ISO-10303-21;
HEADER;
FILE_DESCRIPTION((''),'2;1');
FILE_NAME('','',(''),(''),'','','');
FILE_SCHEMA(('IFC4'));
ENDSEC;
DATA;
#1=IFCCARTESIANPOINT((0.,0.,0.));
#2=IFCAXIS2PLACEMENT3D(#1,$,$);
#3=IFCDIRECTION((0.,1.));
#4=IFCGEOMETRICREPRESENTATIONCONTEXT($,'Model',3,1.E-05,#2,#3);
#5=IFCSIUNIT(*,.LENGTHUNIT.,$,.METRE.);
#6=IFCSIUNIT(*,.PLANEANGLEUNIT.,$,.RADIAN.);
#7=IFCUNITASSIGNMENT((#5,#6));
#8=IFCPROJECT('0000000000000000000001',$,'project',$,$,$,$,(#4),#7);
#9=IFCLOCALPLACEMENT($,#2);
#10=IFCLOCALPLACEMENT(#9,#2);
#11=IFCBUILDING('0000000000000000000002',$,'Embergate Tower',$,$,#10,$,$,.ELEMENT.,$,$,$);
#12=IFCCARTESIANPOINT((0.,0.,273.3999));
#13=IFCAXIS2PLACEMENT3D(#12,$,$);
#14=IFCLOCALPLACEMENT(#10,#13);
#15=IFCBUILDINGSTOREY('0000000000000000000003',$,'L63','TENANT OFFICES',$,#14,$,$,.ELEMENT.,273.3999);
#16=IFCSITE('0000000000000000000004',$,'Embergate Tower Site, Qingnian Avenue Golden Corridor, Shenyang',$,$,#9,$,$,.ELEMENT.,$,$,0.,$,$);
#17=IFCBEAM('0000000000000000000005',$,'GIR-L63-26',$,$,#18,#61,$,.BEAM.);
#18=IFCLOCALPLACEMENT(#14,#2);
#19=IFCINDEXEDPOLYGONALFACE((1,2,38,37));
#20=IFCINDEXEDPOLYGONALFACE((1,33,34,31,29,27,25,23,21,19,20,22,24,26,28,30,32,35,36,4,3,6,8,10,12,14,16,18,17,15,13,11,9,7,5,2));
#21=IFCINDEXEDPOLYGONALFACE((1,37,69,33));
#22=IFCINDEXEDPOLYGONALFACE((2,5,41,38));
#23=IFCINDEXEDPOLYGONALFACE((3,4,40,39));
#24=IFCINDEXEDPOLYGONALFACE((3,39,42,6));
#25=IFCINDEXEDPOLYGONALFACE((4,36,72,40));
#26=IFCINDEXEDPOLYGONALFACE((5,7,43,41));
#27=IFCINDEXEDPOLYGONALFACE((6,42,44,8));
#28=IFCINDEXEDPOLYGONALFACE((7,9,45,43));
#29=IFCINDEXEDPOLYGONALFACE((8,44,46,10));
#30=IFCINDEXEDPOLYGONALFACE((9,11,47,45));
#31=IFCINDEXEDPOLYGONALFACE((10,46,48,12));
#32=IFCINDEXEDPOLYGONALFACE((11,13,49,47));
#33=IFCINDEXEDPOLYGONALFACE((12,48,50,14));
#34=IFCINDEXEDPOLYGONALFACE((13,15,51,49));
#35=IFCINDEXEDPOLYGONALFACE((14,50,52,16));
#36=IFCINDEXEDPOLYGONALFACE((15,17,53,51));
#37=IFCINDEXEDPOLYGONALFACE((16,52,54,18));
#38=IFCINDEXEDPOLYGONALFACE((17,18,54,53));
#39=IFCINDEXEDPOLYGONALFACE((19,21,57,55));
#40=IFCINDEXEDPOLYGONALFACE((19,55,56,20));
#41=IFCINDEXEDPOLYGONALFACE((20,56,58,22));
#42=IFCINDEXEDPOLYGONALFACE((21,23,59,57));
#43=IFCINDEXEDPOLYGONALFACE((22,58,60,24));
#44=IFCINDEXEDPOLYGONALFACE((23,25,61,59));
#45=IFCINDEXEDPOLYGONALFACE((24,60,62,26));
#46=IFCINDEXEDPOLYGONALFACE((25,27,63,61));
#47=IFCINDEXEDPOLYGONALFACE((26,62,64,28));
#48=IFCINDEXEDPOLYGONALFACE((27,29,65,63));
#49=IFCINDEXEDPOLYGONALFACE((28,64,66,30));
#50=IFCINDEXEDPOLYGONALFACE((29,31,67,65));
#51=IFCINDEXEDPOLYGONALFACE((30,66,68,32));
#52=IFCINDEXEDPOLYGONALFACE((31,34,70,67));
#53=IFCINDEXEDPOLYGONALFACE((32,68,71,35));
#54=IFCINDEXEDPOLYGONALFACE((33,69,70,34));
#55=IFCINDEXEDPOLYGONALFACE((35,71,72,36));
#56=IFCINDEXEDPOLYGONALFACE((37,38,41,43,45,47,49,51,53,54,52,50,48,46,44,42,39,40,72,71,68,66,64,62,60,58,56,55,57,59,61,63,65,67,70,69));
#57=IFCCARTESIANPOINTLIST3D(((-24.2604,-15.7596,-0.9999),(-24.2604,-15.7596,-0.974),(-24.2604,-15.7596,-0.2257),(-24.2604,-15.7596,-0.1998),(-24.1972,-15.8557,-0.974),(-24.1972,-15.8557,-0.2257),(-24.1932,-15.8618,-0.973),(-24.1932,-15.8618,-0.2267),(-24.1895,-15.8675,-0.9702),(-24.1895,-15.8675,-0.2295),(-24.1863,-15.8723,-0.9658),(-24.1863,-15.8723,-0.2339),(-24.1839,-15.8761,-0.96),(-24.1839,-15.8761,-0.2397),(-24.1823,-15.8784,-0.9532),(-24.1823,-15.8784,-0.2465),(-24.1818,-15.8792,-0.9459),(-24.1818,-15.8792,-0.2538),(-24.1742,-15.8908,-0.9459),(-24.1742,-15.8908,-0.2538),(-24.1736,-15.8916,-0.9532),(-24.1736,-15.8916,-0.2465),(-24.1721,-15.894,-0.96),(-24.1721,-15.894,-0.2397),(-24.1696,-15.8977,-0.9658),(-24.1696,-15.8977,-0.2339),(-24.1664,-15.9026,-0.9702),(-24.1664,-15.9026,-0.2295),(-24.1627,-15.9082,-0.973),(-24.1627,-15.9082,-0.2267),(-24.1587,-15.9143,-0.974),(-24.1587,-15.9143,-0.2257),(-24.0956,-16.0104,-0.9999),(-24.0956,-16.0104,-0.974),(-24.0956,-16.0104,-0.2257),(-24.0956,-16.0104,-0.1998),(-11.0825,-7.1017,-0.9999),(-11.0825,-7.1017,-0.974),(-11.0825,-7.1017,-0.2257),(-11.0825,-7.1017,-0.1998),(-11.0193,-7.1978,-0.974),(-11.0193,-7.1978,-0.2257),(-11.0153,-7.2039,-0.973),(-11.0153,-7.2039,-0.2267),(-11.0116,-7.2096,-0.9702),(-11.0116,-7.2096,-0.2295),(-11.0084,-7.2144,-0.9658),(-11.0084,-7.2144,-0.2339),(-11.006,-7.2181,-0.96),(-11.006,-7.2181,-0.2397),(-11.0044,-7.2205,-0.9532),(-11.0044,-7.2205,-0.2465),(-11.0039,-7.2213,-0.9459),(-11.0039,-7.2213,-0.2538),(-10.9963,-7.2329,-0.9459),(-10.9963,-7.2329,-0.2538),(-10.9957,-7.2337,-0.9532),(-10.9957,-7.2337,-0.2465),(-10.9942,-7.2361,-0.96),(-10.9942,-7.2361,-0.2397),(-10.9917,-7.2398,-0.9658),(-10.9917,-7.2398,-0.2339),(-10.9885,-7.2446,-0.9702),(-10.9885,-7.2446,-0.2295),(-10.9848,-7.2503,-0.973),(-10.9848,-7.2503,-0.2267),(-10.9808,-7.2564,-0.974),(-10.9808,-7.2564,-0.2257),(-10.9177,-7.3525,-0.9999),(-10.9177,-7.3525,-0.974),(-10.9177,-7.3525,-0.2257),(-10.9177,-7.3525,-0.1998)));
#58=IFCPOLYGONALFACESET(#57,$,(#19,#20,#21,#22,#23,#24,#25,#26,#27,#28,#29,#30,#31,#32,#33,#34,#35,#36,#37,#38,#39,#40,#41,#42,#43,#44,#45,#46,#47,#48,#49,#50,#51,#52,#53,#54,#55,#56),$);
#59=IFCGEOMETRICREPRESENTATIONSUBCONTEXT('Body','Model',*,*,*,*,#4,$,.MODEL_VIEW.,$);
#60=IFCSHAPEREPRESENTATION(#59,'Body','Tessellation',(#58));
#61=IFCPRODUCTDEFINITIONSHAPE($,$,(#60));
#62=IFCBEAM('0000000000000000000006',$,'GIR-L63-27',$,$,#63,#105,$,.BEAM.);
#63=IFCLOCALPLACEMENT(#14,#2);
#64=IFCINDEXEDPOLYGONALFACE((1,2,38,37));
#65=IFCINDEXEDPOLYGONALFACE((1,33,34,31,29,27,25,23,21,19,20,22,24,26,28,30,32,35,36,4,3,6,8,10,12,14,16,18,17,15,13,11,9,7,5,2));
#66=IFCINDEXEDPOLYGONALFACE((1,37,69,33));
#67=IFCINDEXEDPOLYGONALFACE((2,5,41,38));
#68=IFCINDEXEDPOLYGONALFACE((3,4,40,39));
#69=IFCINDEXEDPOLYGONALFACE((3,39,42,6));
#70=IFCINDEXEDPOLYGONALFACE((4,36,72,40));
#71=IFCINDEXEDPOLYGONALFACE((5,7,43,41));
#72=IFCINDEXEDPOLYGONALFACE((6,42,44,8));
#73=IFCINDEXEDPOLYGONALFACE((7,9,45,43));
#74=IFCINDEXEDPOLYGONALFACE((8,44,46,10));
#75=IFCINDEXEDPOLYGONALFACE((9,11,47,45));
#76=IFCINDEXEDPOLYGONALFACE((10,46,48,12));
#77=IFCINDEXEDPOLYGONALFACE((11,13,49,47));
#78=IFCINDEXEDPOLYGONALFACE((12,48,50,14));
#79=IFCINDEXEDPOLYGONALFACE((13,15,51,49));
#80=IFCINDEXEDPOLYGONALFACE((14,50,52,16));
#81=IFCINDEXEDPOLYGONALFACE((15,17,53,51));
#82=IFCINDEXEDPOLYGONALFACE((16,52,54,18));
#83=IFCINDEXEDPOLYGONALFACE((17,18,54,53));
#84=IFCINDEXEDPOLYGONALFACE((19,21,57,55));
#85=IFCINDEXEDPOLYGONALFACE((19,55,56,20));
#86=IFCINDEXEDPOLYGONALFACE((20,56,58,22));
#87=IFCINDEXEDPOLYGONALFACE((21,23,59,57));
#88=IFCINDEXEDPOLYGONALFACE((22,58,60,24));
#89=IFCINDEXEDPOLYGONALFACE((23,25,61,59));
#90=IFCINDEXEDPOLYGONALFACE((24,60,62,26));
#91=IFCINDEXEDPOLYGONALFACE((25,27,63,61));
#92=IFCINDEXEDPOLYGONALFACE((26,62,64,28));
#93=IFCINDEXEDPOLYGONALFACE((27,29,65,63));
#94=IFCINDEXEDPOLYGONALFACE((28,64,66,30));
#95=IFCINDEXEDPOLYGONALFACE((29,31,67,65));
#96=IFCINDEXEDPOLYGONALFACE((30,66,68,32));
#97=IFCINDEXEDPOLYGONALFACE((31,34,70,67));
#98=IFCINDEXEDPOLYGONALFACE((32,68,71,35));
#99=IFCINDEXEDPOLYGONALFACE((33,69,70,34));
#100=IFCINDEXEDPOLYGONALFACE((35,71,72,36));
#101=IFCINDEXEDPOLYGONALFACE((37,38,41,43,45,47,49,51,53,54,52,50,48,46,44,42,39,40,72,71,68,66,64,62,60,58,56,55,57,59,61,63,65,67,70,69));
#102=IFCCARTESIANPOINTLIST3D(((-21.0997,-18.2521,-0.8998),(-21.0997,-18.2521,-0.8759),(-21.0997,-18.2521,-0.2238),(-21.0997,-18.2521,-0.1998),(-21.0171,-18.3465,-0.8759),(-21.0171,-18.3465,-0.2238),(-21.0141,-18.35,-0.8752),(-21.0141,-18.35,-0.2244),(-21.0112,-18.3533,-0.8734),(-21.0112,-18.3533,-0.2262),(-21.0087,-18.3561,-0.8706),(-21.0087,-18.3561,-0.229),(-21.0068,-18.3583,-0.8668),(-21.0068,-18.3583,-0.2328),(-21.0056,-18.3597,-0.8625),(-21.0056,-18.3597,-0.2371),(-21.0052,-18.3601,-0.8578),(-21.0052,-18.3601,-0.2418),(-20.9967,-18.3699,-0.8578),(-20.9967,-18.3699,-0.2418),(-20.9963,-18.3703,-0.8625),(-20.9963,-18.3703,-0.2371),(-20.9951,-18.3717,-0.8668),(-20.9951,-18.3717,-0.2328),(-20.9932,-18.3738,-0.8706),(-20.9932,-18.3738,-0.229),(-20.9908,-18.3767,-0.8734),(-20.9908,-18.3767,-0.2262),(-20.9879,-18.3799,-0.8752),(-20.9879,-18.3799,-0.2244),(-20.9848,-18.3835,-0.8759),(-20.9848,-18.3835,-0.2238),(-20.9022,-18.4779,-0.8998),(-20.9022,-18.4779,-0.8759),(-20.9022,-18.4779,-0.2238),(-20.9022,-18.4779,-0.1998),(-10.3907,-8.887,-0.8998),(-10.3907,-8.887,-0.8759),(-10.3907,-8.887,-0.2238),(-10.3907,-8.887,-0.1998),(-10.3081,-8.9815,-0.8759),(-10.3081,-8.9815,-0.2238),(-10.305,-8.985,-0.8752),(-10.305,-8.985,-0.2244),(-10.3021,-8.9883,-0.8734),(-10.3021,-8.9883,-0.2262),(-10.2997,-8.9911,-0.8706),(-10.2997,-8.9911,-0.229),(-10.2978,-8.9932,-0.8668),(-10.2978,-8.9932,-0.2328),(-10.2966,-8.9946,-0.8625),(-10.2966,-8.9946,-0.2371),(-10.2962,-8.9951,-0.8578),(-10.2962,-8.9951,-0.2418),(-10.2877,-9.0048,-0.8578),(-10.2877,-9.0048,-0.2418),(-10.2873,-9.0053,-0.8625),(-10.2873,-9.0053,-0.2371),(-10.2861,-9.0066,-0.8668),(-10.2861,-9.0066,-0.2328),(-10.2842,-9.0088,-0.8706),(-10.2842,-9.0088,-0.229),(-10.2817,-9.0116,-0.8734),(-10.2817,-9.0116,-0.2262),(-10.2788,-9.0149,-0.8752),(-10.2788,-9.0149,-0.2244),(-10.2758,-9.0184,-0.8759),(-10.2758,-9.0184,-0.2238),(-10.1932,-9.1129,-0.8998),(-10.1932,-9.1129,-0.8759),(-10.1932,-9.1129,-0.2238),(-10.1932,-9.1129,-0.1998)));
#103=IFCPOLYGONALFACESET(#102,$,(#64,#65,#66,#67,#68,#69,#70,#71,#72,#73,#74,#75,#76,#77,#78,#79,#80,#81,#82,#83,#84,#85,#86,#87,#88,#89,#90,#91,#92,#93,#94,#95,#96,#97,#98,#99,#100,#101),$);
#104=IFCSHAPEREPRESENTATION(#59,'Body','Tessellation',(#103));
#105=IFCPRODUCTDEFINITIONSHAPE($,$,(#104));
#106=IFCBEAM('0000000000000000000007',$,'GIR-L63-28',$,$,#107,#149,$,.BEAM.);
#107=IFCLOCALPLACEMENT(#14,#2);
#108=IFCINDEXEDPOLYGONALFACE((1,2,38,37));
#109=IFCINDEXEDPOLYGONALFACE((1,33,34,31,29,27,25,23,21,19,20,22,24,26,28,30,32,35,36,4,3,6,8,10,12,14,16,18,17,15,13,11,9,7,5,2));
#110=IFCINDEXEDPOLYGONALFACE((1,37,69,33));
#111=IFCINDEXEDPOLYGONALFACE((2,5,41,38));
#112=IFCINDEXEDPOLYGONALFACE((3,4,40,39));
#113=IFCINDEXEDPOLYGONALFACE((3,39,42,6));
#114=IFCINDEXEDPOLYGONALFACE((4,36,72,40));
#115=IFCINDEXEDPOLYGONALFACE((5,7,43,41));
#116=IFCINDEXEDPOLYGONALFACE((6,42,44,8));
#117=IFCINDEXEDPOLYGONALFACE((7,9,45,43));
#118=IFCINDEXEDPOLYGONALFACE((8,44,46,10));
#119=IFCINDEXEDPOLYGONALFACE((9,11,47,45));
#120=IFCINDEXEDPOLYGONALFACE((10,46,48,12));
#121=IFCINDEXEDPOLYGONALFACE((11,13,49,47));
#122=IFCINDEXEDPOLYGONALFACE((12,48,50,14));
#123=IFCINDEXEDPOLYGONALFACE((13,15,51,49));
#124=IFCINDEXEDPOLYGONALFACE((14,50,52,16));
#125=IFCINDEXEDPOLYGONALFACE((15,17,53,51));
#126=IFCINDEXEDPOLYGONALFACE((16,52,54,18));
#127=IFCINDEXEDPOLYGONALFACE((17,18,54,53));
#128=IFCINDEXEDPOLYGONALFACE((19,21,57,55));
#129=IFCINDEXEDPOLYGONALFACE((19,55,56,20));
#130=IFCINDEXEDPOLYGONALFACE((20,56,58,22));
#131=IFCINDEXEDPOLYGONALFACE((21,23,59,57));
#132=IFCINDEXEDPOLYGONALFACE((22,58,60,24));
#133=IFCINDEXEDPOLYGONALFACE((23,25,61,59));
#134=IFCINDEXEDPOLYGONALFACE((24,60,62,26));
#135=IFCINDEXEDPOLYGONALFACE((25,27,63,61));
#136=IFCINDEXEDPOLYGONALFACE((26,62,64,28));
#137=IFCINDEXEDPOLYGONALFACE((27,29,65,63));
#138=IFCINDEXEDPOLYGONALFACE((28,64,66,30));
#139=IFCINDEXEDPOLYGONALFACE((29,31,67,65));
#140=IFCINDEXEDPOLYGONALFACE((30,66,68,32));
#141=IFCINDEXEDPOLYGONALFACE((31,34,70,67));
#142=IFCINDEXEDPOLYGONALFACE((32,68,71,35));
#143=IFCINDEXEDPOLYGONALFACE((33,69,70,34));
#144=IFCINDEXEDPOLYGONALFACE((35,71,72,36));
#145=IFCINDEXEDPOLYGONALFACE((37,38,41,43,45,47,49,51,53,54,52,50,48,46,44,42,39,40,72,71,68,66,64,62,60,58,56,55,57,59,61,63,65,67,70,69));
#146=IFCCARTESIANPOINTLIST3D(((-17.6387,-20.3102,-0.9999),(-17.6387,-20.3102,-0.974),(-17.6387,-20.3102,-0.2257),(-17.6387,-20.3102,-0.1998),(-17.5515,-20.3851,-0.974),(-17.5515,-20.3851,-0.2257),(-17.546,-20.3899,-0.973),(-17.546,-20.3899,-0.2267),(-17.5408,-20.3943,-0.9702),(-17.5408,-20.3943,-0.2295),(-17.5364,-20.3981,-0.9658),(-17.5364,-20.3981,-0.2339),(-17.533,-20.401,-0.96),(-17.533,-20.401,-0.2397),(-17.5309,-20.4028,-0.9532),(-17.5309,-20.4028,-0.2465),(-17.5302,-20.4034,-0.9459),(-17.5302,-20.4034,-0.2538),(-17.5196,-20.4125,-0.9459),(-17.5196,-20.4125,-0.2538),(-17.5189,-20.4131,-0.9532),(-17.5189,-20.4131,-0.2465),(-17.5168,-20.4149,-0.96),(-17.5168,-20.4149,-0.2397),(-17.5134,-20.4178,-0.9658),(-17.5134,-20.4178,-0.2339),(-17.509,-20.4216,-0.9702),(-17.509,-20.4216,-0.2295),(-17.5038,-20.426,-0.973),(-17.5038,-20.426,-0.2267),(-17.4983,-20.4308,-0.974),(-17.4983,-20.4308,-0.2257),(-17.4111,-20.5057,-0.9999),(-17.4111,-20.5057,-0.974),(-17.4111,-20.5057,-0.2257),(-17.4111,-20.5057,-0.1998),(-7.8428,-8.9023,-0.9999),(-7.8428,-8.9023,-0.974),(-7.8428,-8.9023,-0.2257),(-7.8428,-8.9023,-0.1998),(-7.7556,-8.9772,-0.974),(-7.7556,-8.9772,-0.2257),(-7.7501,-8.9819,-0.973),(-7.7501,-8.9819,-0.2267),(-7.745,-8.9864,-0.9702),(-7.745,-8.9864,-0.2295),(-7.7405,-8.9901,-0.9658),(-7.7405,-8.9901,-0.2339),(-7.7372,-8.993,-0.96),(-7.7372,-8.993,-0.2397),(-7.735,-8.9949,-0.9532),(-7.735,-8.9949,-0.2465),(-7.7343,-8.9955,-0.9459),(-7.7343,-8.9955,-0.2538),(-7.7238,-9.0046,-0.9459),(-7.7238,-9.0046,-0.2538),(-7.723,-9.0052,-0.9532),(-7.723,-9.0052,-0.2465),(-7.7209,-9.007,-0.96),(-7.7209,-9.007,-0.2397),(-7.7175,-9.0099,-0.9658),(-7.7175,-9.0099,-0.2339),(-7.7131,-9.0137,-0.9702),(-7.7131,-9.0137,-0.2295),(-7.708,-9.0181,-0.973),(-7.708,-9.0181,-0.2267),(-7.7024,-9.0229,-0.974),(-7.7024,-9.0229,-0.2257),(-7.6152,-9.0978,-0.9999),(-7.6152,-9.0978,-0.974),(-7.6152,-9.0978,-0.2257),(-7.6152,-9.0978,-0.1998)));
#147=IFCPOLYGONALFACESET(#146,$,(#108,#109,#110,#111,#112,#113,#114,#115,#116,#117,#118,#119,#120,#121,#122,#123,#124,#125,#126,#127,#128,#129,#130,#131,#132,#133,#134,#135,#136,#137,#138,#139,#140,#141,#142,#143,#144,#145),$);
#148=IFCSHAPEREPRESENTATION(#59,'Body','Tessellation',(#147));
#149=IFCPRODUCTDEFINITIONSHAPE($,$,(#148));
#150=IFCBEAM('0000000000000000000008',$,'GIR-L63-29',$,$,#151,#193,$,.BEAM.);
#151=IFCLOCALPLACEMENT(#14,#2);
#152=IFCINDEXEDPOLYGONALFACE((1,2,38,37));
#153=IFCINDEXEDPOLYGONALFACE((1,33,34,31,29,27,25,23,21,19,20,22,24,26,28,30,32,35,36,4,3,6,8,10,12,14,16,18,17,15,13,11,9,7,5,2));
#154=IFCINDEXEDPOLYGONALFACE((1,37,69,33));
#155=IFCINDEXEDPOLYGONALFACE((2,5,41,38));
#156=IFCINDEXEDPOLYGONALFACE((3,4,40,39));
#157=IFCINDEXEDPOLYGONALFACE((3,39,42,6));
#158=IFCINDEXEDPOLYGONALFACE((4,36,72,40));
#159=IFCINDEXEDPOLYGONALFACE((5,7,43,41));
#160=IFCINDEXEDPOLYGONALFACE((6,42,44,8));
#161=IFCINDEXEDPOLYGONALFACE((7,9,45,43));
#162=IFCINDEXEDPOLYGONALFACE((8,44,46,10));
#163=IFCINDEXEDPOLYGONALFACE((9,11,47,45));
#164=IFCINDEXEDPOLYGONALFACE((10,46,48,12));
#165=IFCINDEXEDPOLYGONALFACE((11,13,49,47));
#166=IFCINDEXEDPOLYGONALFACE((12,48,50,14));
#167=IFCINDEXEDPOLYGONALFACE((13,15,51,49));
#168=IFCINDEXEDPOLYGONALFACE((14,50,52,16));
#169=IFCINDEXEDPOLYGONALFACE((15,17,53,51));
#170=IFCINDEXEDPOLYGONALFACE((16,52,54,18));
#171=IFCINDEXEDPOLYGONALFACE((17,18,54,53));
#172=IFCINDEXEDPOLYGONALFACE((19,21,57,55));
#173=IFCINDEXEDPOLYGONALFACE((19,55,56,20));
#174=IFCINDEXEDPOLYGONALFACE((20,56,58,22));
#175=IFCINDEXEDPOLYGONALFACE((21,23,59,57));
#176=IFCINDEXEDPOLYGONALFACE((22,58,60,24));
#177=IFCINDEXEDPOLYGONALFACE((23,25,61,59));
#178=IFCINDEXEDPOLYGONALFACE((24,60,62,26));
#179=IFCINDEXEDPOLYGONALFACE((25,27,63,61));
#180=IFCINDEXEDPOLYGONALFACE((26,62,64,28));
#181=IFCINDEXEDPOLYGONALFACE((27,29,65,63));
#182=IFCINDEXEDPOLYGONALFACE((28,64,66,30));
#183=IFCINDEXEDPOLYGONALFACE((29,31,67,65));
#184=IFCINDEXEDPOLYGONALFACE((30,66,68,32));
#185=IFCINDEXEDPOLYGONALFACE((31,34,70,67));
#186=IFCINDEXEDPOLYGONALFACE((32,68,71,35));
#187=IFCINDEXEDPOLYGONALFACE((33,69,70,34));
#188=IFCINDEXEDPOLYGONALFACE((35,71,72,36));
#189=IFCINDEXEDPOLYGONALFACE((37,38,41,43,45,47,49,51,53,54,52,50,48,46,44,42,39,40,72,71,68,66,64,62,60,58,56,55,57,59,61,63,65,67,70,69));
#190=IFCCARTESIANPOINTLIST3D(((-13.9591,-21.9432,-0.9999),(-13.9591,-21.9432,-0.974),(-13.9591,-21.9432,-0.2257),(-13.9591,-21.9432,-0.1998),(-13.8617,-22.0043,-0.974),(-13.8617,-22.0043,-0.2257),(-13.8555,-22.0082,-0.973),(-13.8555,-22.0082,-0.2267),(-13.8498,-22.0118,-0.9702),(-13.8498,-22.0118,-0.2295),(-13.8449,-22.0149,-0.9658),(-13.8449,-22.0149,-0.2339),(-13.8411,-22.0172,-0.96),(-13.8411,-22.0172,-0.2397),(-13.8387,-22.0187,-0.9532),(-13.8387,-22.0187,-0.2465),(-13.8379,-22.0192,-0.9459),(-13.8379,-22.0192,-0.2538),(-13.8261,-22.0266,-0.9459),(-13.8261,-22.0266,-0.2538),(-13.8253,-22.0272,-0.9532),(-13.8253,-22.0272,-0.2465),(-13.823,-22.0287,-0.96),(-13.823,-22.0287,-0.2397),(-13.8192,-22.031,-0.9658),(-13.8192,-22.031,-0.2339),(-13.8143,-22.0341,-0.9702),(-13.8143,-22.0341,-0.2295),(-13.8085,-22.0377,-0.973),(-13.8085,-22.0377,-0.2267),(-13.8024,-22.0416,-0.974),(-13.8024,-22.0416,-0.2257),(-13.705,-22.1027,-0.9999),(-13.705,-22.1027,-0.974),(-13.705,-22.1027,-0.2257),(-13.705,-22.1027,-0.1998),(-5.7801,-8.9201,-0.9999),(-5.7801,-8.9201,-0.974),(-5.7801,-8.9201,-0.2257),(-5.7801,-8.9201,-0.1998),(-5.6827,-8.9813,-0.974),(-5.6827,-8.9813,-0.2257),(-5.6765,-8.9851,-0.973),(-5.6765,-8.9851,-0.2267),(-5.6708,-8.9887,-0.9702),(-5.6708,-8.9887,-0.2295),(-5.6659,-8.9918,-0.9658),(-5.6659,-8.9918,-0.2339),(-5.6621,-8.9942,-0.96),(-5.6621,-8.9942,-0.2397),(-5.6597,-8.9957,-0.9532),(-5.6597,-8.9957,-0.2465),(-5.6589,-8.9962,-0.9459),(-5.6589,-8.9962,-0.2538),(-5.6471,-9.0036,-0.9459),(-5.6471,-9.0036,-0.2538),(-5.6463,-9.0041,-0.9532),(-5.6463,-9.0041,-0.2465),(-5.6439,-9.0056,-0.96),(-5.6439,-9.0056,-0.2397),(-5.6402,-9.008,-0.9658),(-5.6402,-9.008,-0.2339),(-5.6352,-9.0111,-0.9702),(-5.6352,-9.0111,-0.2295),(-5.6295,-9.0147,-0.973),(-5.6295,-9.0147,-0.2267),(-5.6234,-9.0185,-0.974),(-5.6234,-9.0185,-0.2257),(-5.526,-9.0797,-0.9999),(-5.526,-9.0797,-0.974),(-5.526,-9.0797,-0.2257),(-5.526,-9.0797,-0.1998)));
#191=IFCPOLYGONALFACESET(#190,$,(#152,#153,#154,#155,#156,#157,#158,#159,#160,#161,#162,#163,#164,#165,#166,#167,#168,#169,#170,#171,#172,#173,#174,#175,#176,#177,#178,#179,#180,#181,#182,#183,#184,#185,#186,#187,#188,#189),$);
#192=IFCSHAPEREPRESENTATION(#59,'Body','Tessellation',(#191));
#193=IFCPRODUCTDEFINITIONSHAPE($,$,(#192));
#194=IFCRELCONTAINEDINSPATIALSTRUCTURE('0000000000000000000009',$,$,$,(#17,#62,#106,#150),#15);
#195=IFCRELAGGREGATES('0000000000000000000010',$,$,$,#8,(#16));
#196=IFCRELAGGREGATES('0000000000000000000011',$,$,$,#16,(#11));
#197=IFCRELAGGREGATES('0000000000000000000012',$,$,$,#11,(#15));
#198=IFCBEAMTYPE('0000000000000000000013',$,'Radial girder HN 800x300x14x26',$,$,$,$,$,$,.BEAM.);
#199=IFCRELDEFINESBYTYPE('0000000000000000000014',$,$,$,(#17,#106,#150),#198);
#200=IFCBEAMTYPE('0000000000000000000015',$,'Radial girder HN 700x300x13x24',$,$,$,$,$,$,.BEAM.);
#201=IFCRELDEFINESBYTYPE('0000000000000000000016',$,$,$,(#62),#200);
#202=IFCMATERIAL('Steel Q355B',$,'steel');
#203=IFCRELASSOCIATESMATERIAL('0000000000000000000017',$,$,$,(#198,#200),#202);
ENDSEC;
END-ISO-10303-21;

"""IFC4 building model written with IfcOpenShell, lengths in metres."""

from ifc_helpers import new_model, si_unit, direction, frame, origin, origin_2d, place, context, subcontext, project, spatial, i_section, extrude, source, transform, mapped, material, material_profile, profile_set, type_object, element, save


model = new_model("IFC4")

# Units and contexts
model_context = context("Model", 3, precision=1e-05, world=origin(), true_north=direction((0.0, 1.0)))
body_context = subcontext(model_context, "Body", "Model", "MODEL_VIEW")
ifc_project = project(units=[si_unit("LENGTHUNIT", "METRE"), si_unit("PLANEANGLEUNIT", "RADIAN")], contexts=[model_context])

# Site, building, storey
site_placement = place(None, origin())
site = spatial("IfcSite", under=ifc_project, at=site_placement, Name="Embergate Tower Site, Qingnian Avenue Golden Corridor, Shenyang", CompositionType="ELEMENT", RefElevation=0.0)
building_placement = place(site_placement, origin())
building = spatial("IfcBuilding", under=site, at=building_placement, Name="Embergate Tower", CompositionType="ELEMENT")
storey_placement = place(building_placement, frame((0.0, 0.0, 273.3999)))
storey = spatial("IfcBuildingStorey", under=building, at=storey_placement, Name="L63", Description="TENANT OFFICES", CompositionType="ELEMENT", Elevation=273.3999)

# Beams
ifc_material_1 = material(Name="Steel Q355B", Category="steel")
ifc_material_profile_1 = material_profile(ifc_material_1, i_section(OverallWidth=0.3, OverallDepth=0.8, WebThickness=0.0139, FlangeThickness=0.0259, FilletRadius=0.0281, at=origin_2d()), Name="HN 800x300x14x26")
ifc_profile_set_1 = profile_set([ifc_material_profile_1], Name="Steel Q355 grade B")
beam_type_1 = type_object("IfcBeamType", Name="Radial girder HN 800x300x14x26", PredefinedType="BEAM", material=ifc_profile_set_1)
shared_shape_1 = source(origin(), body_context, "Body", "SweptSolid", [
    extrude(i_section(OverallWidth=0.3, OverallDepth=0.8, WebThickness=0.0139, FlangeThickness=0.0259, FilletRadius=0.0281, at=origin_2d()), origin(), (0.0, 0.0, 1.0), 15.7676),
])
beam_1_placement = place(storey_placement, frame((-24.178, -15.885, -0.5999), z_axis=(0.835759, 0.549096, 0.0), x_axis=(-0.549096, 0.835759, 0.0)))
element("IfcBeam", 1, at=beam_1_placement, inside=storey, type_object=beam_type_1, Name="GIR-L63-26", PredefinedType="BEAM", context=body_context, shape_type="MappedRepresentation", body=[
    mapped(shared_shape_1, transform((0.0, 0.0, 0.0))),
])
ifc_material_profile_2 = material_profile(ifc_material_1, i_section(OverallWidth=0.3, OverallDepth=0.7, WebThickness=0.0129, FlangeThickness=0.0239, FilletRadius=0.0181, at=origin_2d()), Name="HN 700x300x13x24")
ifc_profile_set_2 = profile_set([ifc_material_profile_2], Name="Steel Q355 grade B")
beam_type_2 = type_object("IfcBeamType", Name="Radial girder HN 700x300x13x24", PredefinedType="BEAM", material=ifc_profile_set_2)
shared_shape_2 = source(origin(), body_context, "Body", "SweptSolid", [
    extrude(i_section(OverallWidth=0.3, OverallDepth=0.7, WebThickness=0.0129, FlangeThickness=0.0239, FilletRadius=0.0181, at=origin_2d()), origin(), (0.0, 0.0, 1.0), 14.2263),
])
beam_2_placement = place(storey_placement, frame((-21.001, -18.365, -0.5498), z_axis=(0.752764, 0.658291, 0.0), x_axis=(-0.658291, 0.752764, 0.0)))
element("IfcBeam", 2, at=beam_2_placement, inside=storey, type_object=beam_type_2, Name="GIR-L63-27", PredefinedType="BEAM", context=body_context, shape_type="MappedRepresentation", body=[
    mapped(shared_shape_2, transform((0.0, 0.0, 0.0))),
])
shared_shape_3 = source(origin(), body_context, "Body", "SweptSolid", [
    extrude(i_section(OverallWidth=0.3, OverallDepth=0.8, WebThickness=0.0139, FlangeThickness=0.0259, FilletRadius=0.0281, at=origin_2d()), origin(), (0.0, 0.0, 1.0), 15.0366),
])
beam_3_placement = place(storey_placement, frame((-17.5249, -20.408, -0.5999), z_axis=(0.651468, 0.758676, 0.0), x_axis=(-0.758676, 0.651468, 0.0)))
element("IfcBeam", 3, at=beam_3_placement, inside=storey, type_object=beam_type_1, Name="GIR-L63-28", PredefinedType="BEAM", context=body_context, shape_type="MappedRepresentation", body=[
    mapped(shared_shape_3, transform((0.0, 0.0, 0.0))),
])
shared_shape_4 = source(origin(), body_context, "Body", "SweptSolid", [
    extrude(i_section(OverallWidth=0.3, OverallDepth=0.8, WebThickness=0.0139, FlangeThickness=0.0259, FilletRadius=0.0281, at=origin_2d()), origin(), (0.0, 0.0, 1.0), 15.3784),
])
beam_4_placement = place(storey_placement, frame((-13.832, -22.0229, -0.5999), z_axis=(0.53185, 0.846839, 0.0), x_axis=(-0.846839, 0.53185, 0.0)))
element("IfcBeam", 4, at=beam_4_placement, inside=storey, type_object=beam_type_1, Name="GIR-L63-29", PredefinedType="BEAM", context=body_context, shape_type="MappedRepresentation", body=[
    mapped(shared_shape_4, transform((0.0, 0.0, 0.0))),
])

save(model, "model.ifc")
